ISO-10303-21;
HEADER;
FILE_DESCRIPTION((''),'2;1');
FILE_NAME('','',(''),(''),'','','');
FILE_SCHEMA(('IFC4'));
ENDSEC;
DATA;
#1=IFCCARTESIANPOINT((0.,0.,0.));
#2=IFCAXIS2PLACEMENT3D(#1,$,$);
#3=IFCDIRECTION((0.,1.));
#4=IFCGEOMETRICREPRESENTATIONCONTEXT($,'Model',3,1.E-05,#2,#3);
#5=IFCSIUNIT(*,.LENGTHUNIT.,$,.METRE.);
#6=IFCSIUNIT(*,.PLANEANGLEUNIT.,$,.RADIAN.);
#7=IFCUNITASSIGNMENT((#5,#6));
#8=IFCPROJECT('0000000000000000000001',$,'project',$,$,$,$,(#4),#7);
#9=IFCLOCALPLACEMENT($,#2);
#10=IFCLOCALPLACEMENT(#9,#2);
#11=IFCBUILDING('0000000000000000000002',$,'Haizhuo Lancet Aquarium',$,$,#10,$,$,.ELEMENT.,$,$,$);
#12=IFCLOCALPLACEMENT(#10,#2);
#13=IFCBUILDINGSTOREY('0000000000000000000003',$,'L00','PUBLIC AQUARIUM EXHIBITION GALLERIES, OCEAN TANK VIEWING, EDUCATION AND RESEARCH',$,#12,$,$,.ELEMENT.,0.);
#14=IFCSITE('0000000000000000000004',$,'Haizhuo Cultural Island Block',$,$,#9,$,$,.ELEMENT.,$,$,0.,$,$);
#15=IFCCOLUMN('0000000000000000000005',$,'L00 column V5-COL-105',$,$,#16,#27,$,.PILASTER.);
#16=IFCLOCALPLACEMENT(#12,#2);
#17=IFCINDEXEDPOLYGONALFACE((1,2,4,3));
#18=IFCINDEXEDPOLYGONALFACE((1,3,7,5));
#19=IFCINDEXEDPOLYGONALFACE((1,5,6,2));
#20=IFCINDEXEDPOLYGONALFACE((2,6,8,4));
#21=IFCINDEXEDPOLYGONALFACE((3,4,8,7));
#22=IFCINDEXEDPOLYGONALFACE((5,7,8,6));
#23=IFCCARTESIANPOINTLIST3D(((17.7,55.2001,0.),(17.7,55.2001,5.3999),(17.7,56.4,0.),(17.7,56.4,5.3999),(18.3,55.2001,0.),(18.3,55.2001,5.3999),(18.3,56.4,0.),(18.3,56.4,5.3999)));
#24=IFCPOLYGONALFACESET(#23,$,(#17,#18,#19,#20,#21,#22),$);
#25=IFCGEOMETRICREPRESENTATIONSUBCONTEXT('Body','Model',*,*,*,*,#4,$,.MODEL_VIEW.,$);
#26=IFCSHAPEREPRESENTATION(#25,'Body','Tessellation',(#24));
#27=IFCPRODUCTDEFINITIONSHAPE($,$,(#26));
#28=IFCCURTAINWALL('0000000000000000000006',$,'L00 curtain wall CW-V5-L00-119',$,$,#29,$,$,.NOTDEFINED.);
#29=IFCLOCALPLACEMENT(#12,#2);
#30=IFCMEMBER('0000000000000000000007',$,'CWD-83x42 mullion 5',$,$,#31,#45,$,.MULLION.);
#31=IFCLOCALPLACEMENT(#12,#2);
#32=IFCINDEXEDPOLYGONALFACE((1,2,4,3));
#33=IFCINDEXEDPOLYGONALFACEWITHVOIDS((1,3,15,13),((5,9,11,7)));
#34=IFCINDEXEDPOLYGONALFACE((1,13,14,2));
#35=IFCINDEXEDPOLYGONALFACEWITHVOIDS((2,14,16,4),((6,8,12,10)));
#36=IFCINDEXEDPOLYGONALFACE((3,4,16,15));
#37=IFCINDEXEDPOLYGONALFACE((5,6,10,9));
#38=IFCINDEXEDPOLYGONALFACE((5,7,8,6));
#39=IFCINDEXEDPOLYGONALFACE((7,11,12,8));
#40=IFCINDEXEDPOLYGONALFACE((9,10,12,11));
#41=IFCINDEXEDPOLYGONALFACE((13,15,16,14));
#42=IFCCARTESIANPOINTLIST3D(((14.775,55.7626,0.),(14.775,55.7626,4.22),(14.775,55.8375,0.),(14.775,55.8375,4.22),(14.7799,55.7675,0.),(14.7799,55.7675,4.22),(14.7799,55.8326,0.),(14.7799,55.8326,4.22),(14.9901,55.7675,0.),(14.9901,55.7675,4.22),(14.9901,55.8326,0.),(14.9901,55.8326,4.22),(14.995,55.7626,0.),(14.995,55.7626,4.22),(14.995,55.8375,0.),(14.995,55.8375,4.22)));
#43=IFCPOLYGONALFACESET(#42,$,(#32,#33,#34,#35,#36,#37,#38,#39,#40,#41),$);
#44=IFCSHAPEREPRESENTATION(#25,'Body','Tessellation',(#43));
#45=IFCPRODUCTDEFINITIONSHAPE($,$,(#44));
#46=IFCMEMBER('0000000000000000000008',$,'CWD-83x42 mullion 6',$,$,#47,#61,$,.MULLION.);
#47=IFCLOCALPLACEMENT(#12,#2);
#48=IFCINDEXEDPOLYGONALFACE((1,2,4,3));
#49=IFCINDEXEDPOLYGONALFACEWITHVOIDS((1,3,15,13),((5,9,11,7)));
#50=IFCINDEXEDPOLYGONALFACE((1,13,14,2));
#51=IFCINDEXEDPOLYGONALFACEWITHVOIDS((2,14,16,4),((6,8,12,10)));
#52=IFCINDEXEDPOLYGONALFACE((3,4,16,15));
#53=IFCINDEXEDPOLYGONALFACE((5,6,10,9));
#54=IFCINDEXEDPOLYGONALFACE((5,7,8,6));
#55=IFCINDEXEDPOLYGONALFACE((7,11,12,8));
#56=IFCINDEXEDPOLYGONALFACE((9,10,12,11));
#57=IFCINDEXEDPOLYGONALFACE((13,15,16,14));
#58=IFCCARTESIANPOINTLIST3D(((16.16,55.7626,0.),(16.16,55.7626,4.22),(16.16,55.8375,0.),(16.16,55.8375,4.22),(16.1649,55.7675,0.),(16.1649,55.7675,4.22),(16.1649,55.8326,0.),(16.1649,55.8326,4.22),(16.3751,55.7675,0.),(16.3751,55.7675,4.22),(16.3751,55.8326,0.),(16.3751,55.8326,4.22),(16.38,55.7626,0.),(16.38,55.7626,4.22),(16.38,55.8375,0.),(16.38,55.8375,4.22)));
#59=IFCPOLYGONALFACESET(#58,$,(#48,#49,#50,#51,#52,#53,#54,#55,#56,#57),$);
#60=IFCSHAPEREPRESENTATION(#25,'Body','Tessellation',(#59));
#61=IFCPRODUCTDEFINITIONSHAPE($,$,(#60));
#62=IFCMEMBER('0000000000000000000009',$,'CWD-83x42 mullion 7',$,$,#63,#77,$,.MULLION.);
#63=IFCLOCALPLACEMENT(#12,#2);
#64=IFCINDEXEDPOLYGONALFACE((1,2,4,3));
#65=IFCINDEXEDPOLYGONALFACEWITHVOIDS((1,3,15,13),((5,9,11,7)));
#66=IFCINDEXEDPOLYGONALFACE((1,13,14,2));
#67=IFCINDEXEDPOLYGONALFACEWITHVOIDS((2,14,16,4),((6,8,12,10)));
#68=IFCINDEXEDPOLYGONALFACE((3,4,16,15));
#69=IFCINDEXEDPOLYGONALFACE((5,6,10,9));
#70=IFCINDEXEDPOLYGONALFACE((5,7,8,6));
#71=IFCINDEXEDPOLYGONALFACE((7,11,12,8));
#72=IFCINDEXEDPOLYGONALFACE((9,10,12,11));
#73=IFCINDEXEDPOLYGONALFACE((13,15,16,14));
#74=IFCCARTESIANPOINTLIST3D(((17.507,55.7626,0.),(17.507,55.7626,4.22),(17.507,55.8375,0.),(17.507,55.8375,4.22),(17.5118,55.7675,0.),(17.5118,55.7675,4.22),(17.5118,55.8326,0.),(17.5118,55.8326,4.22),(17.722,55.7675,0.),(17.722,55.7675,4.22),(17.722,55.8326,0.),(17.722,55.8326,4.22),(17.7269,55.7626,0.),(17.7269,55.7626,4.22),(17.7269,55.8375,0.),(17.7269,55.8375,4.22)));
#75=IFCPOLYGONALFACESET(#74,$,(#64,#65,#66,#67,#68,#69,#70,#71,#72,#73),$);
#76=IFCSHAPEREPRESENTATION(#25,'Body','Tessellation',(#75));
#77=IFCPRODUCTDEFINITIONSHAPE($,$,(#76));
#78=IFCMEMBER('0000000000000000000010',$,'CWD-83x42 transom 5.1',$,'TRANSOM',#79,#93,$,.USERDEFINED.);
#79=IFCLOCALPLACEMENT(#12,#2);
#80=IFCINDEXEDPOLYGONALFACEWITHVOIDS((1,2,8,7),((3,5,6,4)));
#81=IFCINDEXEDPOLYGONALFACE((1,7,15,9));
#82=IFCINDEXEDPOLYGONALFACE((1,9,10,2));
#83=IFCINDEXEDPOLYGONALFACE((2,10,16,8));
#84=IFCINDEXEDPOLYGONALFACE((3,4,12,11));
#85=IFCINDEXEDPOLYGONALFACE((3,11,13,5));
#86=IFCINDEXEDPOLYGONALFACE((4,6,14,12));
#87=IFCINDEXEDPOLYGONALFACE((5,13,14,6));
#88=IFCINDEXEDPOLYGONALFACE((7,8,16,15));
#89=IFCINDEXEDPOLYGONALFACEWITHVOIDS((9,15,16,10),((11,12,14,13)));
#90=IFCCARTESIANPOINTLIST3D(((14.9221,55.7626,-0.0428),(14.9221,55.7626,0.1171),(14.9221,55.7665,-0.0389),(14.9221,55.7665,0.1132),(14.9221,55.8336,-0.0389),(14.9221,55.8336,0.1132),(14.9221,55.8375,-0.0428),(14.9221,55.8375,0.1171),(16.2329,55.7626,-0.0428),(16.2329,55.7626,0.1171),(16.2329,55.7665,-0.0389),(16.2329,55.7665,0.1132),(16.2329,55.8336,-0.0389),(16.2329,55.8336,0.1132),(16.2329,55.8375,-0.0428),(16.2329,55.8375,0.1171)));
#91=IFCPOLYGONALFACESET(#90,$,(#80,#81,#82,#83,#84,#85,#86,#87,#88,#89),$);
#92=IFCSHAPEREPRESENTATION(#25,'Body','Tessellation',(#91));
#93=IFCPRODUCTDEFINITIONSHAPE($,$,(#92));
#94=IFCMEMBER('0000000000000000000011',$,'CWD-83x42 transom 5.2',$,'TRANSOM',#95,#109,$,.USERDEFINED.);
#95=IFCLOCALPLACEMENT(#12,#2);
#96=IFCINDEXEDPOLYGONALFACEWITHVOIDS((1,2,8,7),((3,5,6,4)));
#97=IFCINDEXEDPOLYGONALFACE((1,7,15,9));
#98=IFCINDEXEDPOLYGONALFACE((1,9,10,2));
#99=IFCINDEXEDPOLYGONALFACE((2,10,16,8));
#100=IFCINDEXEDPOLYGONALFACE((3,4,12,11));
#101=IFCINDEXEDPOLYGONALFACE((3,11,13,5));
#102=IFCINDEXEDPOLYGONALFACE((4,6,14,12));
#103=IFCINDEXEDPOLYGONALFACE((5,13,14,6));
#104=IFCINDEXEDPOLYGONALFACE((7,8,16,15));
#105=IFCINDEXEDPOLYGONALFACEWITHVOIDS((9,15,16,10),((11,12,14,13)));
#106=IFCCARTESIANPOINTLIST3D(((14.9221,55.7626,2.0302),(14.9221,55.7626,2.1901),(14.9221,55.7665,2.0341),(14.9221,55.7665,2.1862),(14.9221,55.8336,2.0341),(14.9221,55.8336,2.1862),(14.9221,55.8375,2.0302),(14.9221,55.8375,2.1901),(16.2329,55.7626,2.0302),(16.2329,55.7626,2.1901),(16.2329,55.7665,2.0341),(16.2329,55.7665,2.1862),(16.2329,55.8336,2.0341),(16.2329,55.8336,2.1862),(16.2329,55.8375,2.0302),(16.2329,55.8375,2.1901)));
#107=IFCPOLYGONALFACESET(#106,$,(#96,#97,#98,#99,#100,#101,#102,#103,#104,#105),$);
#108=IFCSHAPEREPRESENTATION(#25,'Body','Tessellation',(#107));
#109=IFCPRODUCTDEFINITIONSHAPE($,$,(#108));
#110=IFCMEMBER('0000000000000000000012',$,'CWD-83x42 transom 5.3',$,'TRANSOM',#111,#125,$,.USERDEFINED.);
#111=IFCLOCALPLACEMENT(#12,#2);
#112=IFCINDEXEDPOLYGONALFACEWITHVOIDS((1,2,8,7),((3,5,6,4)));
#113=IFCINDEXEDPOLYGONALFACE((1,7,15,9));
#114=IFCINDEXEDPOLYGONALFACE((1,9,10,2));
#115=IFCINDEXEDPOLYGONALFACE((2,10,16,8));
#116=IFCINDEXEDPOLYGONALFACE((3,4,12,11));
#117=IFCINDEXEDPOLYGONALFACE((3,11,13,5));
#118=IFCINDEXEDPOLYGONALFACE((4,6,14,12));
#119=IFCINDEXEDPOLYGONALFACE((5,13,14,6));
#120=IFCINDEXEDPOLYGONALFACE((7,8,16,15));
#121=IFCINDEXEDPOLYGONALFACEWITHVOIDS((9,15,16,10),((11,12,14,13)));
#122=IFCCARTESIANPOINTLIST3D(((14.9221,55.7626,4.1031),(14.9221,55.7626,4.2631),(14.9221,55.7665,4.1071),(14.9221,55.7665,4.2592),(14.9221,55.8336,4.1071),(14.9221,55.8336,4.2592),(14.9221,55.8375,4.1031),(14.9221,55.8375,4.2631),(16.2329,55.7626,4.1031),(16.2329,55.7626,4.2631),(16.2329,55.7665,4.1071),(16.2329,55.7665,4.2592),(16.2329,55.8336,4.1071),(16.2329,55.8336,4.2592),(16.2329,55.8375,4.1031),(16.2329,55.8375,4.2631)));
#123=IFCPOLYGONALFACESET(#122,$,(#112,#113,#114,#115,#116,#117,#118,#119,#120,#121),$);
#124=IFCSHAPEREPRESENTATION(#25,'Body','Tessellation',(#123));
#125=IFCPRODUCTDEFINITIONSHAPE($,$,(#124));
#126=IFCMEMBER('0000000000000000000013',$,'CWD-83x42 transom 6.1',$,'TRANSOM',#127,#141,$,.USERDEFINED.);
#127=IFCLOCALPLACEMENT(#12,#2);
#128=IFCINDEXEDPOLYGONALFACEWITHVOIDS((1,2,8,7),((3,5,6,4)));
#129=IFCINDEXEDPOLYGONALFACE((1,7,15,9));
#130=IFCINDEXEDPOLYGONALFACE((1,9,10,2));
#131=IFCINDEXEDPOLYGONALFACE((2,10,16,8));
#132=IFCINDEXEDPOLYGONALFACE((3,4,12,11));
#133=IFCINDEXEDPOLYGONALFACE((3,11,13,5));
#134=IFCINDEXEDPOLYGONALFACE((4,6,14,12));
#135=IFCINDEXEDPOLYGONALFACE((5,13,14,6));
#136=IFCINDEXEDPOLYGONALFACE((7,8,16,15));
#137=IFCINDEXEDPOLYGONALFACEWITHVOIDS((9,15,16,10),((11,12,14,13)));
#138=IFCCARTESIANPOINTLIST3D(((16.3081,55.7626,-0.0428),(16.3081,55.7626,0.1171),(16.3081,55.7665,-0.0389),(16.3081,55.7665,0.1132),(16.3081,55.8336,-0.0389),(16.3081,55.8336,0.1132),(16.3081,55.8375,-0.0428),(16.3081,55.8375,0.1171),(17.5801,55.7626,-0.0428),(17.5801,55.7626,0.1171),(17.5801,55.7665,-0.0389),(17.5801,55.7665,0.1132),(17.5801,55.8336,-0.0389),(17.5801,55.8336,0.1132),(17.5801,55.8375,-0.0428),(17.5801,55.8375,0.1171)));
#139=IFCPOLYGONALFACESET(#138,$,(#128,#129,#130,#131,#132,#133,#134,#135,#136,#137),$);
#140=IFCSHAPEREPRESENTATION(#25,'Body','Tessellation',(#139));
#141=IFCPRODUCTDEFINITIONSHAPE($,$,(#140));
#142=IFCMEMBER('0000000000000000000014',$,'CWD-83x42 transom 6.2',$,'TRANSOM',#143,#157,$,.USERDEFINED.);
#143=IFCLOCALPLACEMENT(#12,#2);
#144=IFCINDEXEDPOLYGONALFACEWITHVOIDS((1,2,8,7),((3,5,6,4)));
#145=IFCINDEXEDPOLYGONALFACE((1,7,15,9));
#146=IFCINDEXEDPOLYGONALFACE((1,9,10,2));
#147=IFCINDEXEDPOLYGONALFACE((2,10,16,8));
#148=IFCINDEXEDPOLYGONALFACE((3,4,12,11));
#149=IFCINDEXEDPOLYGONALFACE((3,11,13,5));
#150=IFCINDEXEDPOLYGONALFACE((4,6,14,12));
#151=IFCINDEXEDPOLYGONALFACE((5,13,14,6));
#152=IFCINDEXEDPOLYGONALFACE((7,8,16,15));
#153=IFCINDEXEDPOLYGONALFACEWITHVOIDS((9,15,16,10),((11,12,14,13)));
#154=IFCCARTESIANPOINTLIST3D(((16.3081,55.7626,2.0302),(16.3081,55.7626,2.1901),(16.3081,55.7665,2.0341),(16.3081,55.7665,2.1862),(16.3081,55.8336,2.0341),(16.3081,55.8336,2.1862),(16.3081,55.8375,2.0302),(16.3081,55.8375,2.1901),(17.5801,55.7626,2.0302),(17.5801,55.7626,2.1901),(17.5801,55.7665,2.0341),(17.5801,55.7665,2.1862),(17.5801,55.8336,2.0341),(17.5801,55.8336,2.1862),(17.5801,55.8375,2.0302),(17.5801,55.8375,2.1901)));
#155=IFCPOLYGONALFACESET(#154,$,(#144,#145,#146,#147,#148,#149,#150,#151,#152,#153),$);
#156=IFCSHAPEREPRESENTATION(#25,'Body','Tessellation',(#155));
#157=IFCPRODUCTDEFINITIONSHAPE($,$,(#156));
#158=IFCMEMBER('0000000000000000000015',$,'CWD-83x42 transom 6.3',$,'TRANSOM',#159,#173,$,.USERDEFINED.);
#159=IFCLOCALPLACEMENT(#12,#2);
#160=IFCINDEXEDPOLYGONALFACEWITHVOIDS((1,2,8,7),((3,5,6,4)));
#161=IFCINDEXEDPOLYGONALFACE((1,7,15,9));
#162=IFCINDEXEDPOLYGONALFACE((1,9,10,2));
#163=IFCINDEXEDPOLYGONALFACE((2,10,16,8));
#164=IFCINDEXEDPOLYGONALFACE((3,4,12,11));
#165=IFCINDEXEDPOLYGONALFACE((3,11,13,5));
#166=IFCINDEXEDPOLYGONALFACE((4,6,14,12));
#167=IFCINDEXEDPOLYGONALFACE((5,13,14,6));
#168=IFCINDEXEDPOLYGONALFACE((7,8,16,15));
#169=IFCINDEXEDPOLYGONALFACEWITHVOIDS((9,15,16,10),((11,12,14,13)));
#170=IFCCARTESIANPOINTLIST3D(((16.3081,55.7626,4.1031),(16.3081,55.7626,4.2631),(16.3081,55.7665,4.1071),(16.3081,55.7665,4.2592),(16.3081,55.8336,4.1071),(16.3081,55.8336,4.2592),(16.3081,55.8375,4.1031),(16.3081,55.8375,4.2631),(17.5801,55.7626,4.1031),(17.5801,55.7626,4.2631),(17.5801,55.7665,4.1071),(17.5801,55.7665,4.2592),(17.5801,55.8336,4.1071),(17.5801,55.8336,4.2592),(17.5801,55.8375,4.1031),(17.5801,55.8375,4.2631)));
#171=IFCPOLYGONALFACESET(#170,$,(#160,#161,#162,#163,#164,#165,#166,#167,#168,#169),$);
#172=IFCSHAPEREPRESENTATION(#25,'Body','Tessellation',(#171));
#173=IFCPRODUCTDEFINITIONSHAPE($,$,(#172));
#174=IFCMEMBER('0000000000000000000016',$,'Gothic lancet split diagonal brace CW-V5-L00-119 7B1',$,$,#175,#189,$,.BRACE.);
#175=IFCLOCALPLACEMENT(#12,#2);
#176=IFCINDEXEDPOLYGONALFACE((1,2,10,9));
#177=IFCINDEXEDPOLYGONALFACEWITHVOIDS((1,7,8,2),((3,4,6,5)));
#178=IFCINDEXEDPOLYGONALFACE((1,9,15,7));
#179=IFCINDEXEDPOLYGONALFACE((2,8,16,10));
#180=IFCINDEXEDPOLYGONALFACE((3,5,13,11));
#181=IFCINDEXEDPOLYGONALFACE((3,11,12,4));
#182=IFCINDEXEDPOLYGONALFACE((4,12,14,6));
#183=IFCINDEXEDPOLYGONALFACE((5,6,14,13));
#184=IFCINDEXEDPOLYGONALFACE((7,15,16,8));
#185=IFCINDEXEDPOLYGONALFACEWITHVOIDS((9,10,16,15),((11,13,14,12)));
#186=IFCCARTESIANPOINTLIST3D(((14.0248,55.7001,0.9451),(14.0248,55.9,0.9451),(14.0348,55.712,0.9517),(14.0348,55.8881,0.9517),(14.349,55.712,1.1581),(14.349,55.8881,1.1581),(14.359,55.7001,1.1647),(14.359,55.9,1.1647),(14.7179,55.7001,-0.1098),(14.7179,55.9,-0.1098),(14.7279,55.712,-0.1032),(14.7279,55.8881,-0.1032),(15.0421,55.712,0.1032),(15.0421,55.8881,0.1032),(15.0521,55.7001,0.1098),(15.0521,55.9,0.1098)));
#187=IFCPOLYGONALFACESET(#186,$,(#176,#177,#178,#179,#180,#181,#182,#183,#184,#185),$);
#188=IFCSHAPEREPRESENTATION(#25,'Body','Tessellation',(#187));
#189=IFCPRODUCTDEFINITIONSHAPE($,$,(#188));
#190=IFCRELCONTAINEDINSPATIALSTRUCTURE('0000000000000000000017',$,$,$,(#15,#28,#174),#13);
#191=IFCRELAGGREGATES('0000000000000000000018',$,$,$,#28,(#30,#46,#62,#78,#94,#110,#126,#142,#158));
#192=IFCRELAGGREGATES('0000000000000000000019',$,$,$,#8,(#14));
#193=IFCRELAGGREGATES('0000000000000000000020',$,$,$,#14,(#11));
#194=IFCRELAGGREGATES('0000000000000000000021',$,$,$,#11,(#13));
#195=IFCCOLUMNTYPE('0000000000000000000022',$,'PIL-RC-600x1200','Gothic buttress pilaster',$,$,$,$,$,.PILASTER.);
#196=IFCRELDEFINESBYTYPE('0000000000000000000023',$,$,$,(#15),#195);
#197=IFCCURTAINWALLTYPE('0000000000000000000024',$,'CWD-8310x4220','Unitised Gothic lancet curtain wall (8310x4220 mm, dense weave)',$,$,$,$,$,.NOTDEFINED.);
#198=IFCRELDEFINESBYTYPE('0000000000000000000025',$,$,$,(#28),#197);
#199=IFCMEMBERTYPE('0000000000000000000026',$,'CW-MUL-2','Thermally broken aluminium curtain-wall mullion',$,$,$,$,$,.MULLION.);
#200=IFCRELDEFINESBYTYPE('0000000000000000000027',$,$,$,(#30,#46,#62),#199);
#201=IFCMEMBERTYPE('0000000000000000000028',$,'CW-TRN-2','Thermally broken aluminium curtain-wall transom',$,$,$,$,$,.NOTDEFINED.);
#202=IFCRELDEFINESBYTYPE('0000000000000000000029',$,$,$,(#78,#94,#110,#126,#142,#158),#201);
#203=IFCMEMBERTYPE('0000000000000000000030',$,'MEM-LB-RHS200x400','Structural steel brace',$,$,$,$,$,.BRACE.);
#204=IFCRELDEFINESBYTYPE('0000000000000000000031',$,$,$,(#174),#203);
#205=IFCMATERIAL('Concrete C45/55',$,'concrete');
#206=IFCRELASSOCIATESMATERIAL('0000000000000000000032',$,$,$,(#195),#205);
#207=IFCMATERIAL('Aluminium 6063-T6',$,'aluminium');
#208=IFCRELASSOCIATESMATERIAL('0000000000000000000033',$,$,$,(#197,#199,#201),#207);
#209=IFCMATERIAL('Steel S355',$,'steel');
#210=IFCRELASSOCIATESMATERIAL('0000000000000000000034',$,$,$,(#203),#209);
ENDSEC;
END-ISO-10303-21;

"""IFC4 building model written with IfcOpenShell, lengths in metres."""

from ifc_helpers import new_model, si_unit, direction, frame, origin, origin_2d, place, context, subcontext, project, spatial, rectangle, hollow_rectangle, extrude, material, material_profile, profile_set, type_object, element, aggregate, save


model = new_model("IFC4")

# Units and contexts
model_context = context("Model", 3, precision=1e-05, world=origin(), true_north=direction((0.0, 1.0)))
body_context = subcontext(model_context, "Body", "Model", "MODEL_VIEW")
ifc_project = project(units=[si_unit("LENGTHUNIT", "METRE"), si_unit("PLANEANGLEUNIT", "RADIAN")], contexts=[model_context])

# Site, building, storey
site_placement = place(None, origin())
site = spatial("IfcSite", under=ifc_project, at=site_placement, Name="Haizhuo Cultural Island Block", CompositionType="ELEMENT", RefElevation=0.0)
building_placement = place(site_placement, origin())
building = spatial("IfcBuilding", under=site, at=building_placement, Name="Haizhuo Lancet Aquarium", CompositionType="ELEMENT")
storey_placement = place(building_placement, origin())
storey = spatial("IfcBuildingStorey", under=building, at=storey_placement, Name="L00", Description="PUBLIC AQUARIUM EXHIBITION GALLERIES, OCEAN TANK VIEWING, EDUCATION AND RESEARCH", CompositionType="ELEMENT", Elevation=0.0)

# Column
ifc_material_1 = material(Name="Concrete C45/55", Category="concrete")
ifc_material_profile_1 = material_profile(ifc_material_1, rectangle(XDim=0.6001, YDim=1.2, at=origin_2d()), Name="RC-PIL 600x1200")
ifc_profile_set_1 = profile_set([ifc_material_profile_1], Name="Concrete C45/55")
column_type = type_object("IfcColumnType", Name="PIL-RC-600x1200", Description="Gothic buttress pilaster", PredefinedType="PILASTER", material=ifc_profile_set_1)
column_placement = place(storey_placement, frame((18.0, 55.8, 0.0), z_axis=(0.0, 0.0, 1.0), x_axis=(1.0, 0.0, 0.0)))
element("IfcColumn", 1, at=column_placement, inside=storey, type_object=column_type, Name="L00 column V5-COL-105", PredefinedType="PILASTER", context=body_context, shape_type="SweptSolid", body=[
    extrude(rectangle(XDim=0.6001, YDim=1.2, at=origin_2d()), origin(), (0.0, 0.0, 1.0), 5.3999),
])

# Curtain wall, members
ifc_material_2 = material(Name="Aluminium 6063-T6", Category="aluminium")
curtain_wall_type = type_object("IfcCurtainWallType", Name="CWD-8310x4220", Description="Unitised Gothic lancet curtain wall (8310x4220 mm, dense weave)", PredefinedType="NOTDEFINED", material=ifc_material_2)
curtain_wall_placement = place(storey_placement, origin())
curtain_wall = element("IfcCurtainWall", 2, at=curtain_wall_placement, inside=storey, type_object=curtain_wall_type, Name="L00 curtain wall CW-V5-L00-119", PredefinedType="NOTDEFINED")
ifc_material_profile_2 = material_profile(ifc_material_2, hollow_rectangle(XDim=0.075, YDim=0.22, WallThickness=0.0049, at=origin_2d()), Name="ALU-M 75x220x5")
ifc_profile_set_2 = profile_set([ifc_material_profile_2], Name="Aluminium 6063-T6")
member_type_1 = type_object("IfcMemberType", Name="CW-MUL-2", Description="Thermally broken aluminium curtain-wall mullion", PredefinedType="MULLION", material=ifc_profile_set_2)
member_1_placement = place(storey_placement, frame((14.885, 55.8, 0.0), z_axis=(0.0, 0.0, 1.0), x_axis=(0.0, 1.0, 0.0)))
member_1 = element("IfcMember", 3, at=member_1_placement, type_object=member_type_1, Name="CWD-83x42 mullion 5", PredefinedType="MULLION", context=body_context, shape_type="SweptSolid", body=[
    extrude(hollow_rectangle(XDim=0.075, YDim=0.22, WallThickness=0.0049, at=origin_2d()), origin(), (0.0, 0.0, 1.0), 4.22),
])
member_2_placement = place(storey_placement, frame((16.27, 55.8, 0.0), z_axis=(0.0, 0.0, 1.0), x_axis=(0.0, 1.0, 0.0)))
member_2 = element("IfcMember", 4, at=member_2_placement, type_object=member_type_1, Name="CWD-83x42 mullion 6", PredefinedType="MULLION", context=body_context, shape_type="SweptSolid", body=[
    extrude(hollow_rectangle(XDim=0.075, YDim=0.22, WallThickness=0.0049, at=origin_2d()), origin(), (0.0, 0.0, 1.0), 4.22),
])
member_3_placement = place(storey_placement, frame((17.6169, 55.8, 0.0), z_axis=(0.0, 0.0, 1.0), x_axis=(0.0, 1.0, 0.0)))
member_3 = element("IfcMember", 5, at=member_3_placement, type_object=member_type_1, Name="CWD-83x42 mullion 7", PredefinedType="MULLION", context=body_context, shape_type="SweptSolid", body=[
    extrude(hollow_rectangle(XDim=0.075, YDim=0.22, WallThickness=0.0049, at=origin_2d()), origin(), (0.0, 0.0, 1.0), 4.22),
])
ifc_material_profile_3 = material_profile(ifc_material_2, hollow_rectangle(XDim=0.075, YDim=0.1599, WallThickness=0.0039, at=origin_2d()), Name="ALU-T 75x160x4")
ifc_profile_set_3 = profile_set([ifc_material_profile_3], Name="Aluminium 6063-T6")
member_type_2 = type_object("IfcMemberType", Name="CW-TRN-2", Description="Thermally broken aluminium curtain-wall transom", PredefinedType="NOTDEFINED", material=ifc_profile_set_3)
member_4_placement = place(storey_placement, frame((14.9221, 55.8, 0.0371), z_axis=(1.0, 0.0, 0.0), x_axis=(0.0, 1.0, 0.0)))
member_4 = element("IfcMember", 6, at=member_4_placement, type_object=member_type_2, Name="CWD-83x42 transom 5.1", ObjectType="TRANSOM", PredefinedType="USERDEFINED", context=body_context, shape_type="SweptSolid", body=[
    extrude(hollow_rectangle(XDim=0.075, YDim=0.1599, WallThickness=0.0039, at=origin_2d()), origin(), (0.0, 0.0, 1.0), 1.3108),
])
member_5_placement = place(storey_placement, frame((14.9221, 55.8, 2.1101), z_axis=(1.0, 0.0, 0.0), x_axis=(0.0, 1.0, 0.0)))
member_5 = element("IfcMember", 7, at=member_5_placement, type_object=member_type_2, Name="CWD-83x42 transom 5.2", ObjectType="TRANSOM", PredefinedType="USERDEFINED", context=body_context, shape_type="SweptSolid", body=[
    extrude(hollow_rectangle(XDim=0.075, YDim=0.1599, WallThickness=0.0039, at=origin_2d()), origin(), (0.0, 0.0, 1.0), 1.3108),
])
member_6_placement = place(storey_placement, frame((14.9221, 55.8, 4.1831), z_axis=(1.0, 0.0, 0.0), x_axis=(0.0, 1.0, 0.0)))
member_6 = element("IfcMember", 8, at=member_6_placement, type_object=member_type_2, Name="CWD-83x42 transom 5.3", ObjectType="TRANSOM", PredefinedType="USERDEFINED", context=body_context, shape_type="SweptSolid", body=[
    extrude(hollow_rectangle(XDim=0.075, YDim=0.1599, WallThickness=0.0039, at=origin_2d()), origin(), (0.0, 0.0, 1.0), 1.3108),
])
member_7_placement = place(storey_placement, frame((16.3081, 55.8, 0.0371), z_axis=(1.0, 0.0, 0.0), x_axis=(0.0, 1.0, 0.0)))
member_7 = element("IfcMember", 9, at=member_7_placement, type_object=member_type_2, Name="CWD-83x42 transom 6.1", ObjectType="TRANSOM", PredefinedType="USERDEFINED", context=body_context, shape_type="SweptSolid", body=[
    extrude(hollow_rectangle(XDim=0.075, YDim=0.1599, WallThickness=0.0039, at=origin_2d()), origin(), (0.0, 0.0, 1.0), 1.272),
])
member_8_placement = place(storey_placement, frame((16.3081, 55.8, 2.1101), z_axis=(1.0, 0.0, 0.0), x_axis=(0.0, 1.0, 0.0)))
member_8 = element("IfcMember", 10, at=member_8_placement, type_object=member_type_2, Name="CWD-83x42 transom 6.2", ObjectType="TRANSOM", PredefinedType="USERDEFINED", context=body_context, shape_type="SweptSolid", body=[
    extrude(hollow_rectangle(XDim=0.075, YDim=0.1599, WallThickness=0.0039, at=origin_2d()), origin(), (0.0, 0.0, 1.0), 1.272),
])
member_9_placement = place(storey_placement, frame((16.3081, 55.8, 4.1831), z_axis=(1.0, 0.0, 0.0), x_axis=(0.0, 1.0, 0.0)))
member_9 = element("IfcMember", 11, at=member_9_placement, type_object=member_type_2, Name="CWD-83x42 transom 6.3", ObjectType="TRANSOM", PredefinedType="USERDEFINED", context=body_context, shape_type="SweptSolid", body=[
    extrude(hollow_rectangle(XDim=0.075, YDim=0.1599, WallThickness=0.0039, at=origin_2d()), origin(), (0.0, 0.0, 1.0), 1.272),
])

# Member
ifc_material_3 = material(Name="Steel S355", Category="steel")
ifc_material_profile_4 = material_profile(ifc_material_3, hollow_rectangle(XDim=0.2, YDim=0.3999, WallThickness=0.012, at=origin_2d()), Name="RHS 200x400x12")
ifc_profile_set_4 = profile_set([ifc_material_profile_4], Name="Steel S355")
member_type_3 = type_object("IfcMemberType", Name="MEM-LB-RHS200x400", Description="Structural steel brace", PredefinedType="BRACE", material=ifc_profile_set_4)
for number, where, z_axis, x_axis, name in (
    (12, (14.885, 55.8, 0.0), (-0.549108, 0.0, 0.835751), (0.0, -1.0, 0.0), "Gothic lancet split diagonal brace CW-V5-L00-119 7B1"),
):
    element("IfcMember", number, at=place(storey_placement, frame(where, z_axis=z_axis, x_axis=x_axis)), inside=storey, type_object=member_type_3, Name=name, PredefinedType="BRACE", context=body_context, shape_type="SweptSolid", body=[
        extrude(hollow_rectangle(XDim=0.2, YDim=0.3999, WallThickness=0.012, at=origin_2d()), origin(), (0.0, 0.0, 1.0), 1.2622),
    ])

aggregate(curtain_wall, [member_1, member_2, member_3, member_4, member_5, member_6, member_7, member_8, member_9])

save(model, "model.ifc")
